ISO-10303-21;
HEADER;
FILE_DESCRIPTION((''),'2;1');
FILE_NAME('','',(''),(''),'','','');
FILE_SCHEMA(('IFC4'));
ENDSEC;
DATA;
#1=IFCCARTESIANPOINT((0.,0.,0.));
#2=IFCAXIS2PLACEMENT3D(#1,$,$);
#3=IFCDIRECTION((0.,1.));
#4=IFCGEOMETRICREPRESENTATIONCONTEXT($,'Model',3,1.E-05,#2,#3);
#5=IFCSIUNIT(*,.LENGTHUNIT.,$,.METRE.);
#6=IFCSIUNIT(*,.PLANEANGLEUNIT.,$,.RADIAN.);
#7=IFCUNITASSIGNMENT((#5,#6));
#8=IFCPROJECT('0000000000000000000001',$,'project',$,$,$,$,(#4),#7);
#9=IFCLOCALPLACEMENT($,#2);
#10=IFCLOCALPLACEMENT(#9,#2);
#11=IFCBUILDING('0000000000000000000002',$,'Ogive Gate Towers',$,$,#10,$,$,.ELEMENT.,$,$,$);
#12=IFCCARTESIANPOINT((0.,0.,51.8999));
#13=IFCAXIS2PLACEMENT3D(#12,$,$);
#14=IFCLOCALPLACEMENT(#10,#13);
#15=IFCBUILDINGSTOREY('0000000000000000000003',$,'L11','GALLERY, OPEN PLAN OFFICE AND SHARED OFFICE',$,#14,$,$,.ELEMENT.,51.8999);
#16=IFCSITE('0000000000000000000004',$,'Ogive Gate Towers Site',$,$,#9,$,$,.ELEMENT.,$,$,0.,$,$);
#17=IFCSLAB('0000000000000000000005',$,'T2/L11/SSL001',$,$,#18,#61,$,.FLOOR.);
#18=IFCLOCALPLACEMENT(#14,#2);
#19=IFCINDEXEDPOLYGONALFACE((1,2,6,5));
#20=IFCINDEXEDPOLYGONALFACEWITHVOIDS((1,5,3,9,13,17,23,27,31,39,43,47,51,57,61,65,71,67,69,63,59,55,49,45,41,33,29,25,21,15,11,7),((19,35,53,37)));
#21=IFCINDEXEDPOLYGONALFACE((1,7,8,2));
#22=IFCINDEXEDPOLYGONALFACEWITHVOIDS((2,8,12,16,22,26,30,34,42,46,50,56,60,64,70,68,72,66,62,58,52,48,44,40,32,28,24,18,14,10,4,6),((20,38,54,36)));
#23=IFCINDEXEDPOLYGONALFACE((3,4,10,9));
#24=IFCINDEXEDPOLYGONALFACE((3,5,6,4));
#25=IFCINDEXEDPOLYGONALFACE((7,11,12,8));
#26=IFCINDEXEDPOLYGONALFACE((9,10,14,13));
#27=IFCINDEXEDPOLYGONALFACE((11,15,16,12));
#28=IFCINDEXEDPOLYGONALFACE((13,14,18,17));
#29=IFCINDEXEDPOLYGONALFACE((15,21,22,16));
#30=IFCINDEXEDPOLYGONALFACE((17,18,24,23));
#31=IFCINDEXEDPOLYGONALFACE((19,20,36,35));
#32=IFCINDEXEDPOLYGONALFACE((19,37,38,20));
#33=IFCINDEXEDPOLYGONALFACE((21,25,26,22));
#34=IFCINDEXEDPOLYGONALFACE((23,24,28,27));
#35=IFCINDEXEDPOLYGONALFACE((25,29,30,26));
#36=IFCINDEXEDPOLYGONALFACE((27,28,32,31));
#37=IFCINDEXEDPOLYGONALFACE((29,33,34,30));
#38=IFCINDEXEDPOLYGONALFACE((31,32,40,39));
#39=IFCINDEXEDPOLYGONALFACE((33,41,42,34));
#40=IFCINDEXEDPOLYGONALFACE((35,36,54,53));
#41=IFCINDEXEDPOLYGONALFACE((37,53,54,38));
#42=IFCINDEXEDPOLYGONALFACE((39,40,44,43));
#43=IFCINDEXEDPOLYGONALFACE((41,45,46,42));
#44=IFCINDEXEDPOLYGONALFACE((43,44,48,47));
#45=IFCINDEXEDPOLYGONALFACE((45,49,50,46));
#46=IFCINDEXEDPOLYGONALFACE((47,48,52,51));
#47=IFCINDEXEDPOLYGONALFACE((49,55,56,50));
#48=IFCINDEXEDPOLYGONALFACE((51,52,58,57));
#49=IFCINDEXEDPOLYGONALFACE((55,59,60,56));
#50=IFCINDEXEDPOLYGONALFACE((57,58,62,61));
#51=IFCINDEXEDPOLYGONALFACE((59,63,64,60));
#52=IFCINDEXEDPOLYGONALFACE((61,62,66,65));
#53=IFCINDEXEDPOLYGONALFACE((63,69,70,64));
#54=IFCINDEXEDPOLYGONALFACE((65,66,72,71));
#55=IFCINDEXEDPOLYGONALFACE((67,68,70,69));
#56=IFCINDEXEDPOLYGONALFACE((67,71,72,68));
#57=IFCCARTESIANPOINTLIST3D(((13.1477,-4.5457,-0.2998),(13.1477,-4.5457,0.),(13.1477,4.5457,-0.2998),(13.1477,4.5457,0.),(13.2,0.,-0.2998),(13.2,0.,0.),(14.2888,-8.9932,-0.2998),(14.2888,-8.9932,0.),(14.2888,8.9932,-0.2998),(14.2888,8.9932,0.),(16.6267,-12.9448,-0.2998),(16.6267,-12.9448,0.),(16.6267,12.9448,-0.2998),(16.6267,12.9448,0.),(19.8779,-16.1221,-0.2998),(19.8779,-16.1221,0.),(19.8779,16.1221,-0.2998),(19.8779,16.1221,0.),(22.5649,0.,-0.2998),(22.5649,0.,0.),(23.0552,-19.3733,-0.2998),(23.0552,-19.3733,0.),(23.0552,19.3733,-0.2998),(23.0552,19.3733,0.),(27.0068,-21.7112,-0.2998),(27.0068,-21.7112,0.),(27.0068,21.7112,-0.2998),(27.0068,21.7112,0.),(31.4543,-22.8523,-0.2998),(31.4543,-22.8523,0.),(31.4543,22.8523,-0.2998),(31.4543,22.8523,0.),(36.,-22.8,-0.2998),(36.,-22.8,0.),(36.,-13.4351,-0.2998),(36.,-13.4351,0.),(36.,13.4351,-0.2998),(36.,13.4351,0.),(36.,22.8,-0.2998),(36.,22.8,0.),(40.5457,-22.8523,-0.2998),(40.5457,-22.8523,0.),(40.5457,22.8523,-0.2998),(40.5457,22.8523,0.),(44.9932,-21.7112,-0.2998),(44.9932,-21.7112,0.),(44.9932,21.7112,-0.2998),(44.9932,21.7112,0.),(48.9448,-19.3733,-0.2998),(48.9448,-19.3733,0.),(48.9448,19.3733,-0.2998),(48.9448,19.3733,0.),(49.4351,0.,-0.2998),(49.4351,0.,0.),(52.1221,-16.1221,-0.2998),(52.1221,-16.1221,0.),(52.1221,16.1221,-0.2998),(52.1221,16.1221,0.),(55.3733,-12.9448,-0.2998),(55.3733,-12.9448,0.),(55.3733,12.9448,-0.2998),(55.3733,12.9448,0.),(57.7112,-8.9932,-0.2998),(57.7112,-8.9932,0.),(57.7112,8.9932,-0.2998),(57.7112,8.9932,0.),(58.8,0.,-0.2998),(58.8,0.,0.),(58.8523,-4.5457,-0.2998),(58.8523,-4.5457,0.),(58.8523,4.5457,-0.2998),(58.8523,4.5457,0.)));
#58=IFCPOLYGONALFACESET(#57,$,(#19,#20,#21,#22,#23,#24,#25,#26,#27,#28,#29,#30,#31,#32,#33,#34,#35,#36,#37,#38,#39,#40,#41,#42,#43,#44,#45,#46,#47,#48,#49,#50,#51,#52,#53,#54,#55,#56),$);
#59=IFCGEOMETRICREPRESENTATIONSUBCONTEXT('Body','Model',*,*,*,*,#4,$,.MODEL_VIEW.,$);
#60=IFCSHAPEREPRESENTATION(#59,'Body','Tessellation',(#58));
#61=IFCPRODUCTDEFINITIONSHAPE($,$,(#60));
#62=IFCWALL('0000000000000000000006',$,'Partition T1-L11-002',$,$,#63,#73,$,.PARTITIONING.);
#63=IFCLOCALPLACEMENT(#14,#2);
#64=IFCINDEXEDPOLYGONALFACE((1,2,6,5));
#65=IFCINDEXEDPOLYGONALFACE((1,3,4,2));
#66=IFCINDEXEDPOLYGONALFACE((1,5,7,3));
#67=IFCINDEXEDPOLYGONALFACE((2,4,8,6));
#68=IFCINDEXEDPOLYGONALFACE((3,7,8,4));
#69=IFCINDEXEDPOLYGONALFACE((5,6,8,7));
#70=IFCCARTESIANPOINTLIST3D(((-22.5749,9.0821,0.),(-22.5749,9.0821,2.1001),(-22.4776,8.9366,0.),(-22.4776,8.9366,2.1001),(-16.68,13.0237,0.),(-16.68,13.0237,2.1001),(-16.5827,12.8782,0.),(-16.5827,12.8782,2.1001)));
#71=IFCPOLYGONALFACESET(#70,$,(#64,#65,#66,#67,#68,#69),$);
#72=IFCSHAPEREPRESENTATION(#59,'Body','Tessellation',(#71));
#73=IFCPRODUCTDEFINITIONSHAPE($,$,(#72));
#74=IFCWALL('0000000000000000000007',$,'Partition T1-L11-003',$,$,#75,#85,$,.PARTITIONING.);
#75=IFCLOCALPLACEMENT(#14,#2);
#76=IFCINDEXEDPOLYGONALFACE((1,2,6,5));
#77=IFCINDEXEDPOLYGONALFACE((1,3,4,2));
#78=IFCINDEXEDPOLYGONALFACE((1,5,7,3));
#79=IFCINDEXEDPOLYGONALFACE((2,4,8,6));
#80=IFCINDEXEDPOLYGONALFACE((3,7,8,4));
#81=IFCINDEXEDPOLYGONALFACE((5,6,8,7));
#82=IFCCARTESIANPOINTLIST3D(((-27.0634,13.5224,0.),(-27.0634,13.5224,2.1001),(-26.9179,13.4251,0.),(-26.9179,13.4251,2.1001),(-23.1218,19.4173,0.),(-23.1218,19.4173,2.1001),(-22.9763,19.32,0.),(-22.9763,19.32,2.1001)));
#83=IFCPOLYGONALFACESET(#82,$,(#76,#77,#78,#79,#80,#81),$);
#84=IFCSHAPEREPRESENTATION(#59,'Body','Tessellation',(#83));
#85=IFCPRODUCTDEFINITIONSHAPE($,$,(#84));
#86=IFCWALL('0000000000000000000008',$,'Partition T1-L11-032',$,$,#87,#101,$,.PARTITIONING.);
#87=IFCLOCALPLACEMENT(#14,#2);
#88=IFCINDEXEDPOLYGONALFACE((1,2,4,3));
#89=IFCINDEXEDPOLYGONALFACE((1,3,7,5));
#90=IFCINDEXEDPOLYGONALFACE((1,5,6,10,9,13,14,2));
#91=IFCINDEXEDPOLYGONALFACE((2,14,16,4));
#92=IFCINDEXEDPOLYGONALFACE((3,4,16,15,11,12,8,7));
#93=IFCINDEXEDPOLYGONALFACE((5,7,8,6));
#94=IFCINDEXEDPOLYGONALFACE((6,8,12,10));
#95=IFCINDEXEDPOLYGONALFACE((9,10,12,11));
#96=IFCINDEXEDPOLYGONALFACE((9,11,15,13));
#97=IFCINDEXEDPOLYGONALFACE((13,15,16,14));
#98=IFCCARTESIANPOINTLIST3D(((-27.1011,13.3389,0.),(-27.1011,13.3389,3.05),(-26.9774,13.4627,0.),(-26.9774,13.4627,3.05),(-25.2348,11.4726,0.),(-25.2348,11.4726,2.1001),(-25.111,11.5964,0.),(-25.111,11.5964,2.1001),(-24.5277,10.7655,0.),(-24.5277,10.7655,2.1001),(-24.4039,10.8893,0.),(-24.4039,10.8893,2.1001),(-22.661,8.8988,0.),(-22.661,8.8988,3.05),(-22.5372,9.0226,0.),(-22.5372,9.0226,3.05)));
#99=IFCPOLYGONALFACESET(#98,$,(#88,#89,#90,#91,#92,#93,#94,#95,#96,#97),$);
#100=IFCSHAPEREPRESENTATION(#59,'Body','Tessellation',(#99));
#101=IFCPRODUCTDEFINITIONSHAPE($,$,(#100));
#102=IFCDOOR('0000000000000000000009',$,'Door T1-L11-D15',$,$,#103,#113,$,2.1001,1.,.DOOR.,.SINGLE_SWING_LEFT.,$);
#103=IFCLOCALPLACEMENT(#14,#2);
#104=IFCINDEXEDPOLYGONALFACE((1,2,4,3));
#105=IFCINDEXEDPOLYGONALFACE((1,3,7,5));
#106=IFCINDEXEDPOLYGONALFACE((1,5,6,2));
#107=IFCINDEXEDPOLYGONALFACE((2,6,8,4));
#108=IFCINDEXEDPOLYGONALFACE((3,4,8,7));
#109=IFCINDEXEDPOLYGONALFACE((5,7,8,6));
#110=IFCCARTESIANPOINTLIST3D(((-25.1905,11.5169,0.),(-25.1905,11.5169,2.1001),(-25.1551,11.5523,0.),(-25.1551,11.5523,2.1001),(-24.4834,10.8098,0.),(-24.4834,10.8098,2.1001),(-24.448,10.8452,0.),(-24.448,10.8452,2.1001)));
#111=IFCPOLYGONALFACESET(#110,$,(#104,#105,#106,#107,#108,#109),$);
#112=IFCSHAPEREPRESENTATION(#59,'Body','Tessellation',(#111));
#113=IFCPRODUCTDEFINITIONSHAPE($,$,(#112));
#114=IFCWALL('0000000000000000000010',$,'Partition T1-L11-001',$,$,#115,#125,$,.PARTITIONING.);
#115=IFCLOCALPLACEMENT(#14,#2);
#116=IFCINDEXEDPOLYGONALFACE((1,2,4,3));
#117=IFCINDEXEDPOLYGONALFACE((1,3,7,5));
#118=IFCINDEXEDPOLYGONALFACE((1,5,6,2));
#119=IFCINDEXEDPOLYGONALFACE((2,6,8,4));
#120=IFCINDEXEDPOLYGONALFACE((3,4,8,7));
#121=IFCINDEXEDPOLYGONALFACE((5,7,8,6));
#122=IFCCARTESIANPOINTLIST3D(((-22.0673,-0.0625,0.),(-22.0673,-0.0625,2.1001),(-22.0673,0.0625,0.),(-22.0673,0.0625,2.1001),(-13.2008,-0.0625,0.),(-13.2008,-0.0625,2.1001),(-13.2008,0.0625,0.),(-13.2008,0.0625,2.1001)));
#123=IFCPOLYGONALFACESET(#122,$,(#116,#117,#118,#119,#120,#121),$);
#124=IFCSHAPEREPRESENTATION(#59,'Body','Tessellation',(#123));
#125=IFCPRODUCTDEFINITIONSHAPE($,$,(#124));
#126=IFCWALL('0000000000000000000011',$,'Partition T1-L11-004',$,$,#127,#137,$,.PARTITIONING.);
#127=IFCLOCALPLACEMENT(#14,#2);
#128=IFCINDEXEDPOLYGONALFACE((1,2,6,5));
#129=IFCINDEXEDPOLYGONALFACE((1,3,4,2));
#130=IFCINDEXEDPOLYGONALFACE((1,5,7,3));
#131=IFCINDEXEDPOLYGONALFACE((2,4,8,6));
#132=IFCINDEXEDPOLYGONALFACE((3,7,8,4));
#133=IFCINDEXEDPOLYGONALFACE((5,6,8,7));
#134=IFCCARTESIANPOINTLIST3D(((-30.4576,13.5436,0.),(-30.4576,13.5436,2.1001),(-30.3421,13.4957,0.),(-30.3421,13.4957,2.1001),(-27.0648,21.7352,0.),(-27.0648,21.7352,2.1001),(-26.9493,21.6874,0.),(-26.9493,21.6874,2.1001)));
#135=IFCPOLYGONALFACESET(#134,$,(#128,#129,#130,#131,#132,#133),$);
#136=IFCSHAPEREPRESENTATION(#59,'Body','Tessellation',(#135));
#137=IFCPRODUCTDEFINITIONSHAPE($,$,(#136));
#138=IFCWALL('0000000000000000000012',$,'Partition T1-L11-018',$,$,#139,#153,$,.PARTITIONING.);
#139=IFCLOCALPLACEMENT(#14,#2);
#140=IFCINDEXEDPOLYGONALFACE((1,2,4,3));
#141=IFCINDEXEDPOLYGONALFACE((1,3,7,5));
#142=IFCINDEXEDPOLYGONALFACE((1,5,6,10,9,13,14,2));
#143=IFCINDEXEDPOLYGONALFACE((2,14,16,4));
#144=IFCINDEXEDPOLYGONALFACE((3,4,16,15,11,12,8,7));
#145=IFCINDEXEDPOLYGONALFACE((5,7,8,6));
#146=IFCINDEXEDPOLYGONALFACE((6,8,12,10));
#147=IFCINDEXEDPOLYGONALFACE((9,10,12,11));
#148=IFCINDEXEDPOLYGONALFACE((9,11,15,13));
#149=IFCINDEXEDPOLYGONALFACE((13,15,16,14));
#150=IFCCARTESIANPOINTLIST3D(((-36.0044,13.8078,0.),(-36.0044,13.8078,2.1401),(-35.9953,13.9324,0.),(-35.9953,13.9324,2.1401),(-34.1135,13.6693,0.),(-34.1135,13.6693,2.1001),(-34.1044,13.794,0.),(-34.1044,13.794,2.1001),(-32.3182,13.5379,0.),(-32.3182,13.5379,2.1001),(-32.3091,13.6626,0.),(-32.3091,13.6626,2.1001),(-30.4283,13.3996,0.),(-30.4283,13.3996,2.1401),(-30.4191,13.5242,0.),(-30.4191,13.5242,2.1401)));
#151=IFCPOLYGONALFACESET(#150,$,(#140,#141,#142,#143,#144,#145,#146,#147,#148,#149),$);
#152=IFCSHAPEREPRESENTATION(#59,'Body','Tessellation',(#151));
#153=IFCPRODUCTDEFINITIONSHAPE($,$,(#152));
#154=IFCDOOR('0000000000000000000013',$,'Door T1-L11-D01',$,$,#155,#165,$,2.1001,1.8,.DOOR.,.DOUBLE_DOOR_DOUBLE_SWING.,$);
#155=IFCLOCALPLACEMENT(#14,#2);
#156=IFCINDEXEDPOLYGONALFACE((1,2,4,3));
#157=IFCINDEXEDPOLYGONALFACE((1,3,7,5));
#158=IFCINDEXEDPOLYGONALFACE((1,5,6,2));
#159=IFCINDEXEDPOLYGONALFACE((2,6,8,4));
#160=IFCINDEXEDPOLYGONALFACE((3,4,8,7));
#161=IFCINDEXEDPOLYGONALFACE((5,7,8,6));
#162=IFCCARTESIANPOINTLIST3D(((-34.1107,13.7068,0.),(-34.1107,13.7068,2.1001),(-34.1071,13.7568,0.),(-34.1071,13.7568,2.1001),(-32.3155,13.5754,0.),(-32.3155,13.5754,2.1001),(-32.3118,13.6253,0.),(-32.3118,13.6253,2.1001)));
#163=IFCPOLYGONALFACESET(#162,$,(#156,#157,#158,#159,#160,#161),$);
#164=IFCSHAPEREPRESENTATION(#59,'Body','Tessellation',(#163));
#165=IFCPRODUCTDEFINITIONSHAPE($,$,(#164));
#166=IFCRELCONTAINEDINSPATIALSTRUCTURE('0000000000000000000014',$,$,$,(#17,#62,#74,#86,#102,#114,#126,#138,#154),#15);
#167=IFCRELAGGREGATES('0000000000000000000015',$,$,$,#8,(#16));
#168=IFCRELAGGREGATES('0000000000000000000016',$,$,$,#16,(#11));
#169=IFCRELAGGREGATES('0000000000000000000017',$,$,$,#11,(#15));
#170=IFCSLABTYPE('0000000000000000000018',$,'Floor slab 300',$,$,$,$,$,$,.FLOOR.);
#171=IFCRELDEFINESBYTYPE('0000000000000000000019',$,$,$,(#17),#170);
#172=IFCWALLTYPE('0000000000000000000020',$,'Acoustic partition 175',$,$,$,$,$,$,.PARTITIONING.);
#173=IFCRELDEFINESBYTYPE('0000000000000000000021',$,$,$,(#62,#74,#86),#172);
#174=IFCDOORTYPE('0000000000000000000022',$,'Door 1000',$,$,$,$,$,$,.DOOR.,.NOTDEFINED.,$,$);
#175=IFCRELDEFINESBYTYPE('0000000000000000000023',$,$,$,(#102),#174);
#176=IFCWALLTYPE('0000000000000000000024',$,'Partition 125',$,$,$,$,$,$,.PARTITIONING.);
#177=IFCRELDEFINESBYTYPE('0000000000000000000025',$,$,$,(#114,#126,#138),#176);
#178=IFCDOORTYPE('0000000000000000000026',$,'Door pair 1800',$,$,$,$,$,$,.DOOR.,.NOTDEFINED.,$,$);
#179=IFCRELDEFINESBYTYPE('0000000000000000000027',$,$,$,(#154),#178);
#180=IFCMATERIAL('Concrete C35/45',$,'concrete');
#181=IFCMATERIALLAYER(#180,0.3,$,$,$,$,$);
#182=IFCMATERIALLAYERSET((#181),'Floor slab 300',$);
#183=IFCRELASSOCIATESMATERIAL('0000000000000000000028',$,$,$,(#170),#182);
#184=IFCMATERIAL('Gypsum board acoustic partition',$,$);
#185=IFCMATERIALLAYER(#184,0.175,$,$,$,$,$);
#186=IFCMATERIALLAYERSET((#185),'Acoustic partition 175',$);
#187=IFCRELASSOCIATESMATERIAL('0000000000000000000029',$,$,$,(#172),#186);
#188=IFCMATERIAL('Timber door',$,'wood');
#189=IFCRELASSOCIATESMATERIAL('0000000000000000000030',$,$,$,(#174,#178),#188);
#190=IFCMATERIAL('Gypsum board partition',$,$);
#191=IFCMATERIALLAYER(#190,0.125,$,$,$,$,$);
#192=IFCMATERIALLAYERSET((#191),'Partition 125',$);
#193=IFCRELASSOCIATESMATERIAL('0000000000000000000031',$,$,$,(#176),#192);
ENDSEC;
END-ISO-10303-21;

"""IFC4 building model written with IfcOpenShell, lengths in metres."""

from ifc_helpers import new_model, si_unit, direction, frame, frame_2d, origin, place, context, subcontext, project, spatial, polyline, rectangle, outline, extrude, material, layer, layer_set, type_object, element, fill, save


model = new_model("IFC4")

# Units and contexts
model_context = context("Model", 3, precision=1e-05, world=origin(), true_north=direction((0.0, 1.0)))
body_context = subcontext(model_context, "Body", "Model", "MODEL_VIEW")
ifc_project = project(units=[si_unit("LENGTHUNIT", "METRE"), si_unit("PLANEANGLEUNIT", "RADIAN")], contexts=[model_context])

# Site, building, storey
site_placement = place(None, origin())
site = spatial("IfcSite", under=ifc_project, at=site_placement, Name="Ogive Gate Towers Site", CompositionType="ELEMENT", RefElevation=0.0)
building_placement = place(site_placement, origin())
building = spatial("IfcBuilding", under=site, at=building_placement, Name="Ogive Gate Towers", CompositionType="ELEMENT")
storey_placement = place(building_placement, frame((0.0, 0.0, 51.8999)))
storey = spatial("IfcBuildingStorey", under=building, at=storey_placement, Name="L11", Description="GALLERY, OPEN PLAN OFFICE AND SHARED OFFICE", CompositionType="ELEMENT", Elevation=51.8999)

# Slab
ifc_material_1 = material(Name="Concrete C35/45", Category="concrete")
ifc_layer_1 = layer(ifc_material_1, 0.3)
ifc_layer_set_1 = layer_set([ifc_layer_1], Name="Floor slab 300")
slab_type = type_object("IfcSlabType", Name="Floor slab 300", PredefinedType="FLOOR", material=ifc_layer_set_1)
slab_1_placement = place(storey_placement, frame((0.0, 0.0, -0.2998)))
element("IfcSlab", 1, at=slab_1_placement, inside=storey, type_object=slab_type, Name="T2/L11/SSL001", PredefinedType="FLOOR", context=body_context, shape_type="SweptSolid", body=[
    extrude(outline(polyline([(58.8523, -4.5457), (58.8, 0.0), (58.8523, 4.5457), (57.7112, 8.9932), (55.3733, 12.9448), (52.1221, 16.1221), (48.9448, 19.3733), (44.9932, 21.7112), (40.5457, 22.8523), (36.0, 22.8), (31.4543, 22.8523), (27.0068, 21.7112), (23.0552, 19.3733), (19.8779, 16.1221), (16.6267, 12.9448), (14.2888, 8.9932), (13.1477, 4.5457), (13.2, 0.0), (13.1477, -4.5457), (14.2888, -8.9932), (16.6267, -12.9448), (19.8779, -16.1221), (23.0552, -19.3733), (27.0068, -21.7112), (31.4543, -22.8523), (36.0, -22.8), (40.5457, -22.8523), (44.9932, -21.7112), (48.9448, -19.3733), (52.1221, -16.1221), (55.3733, -12.9448), (57.7112, -8.9932), (58.8523, -4.5457)]), holes=[polyline([(49.4351, 0.0), (36.0, -13.4351), (22.5649, 0.0), (36.0, 13.4351), (49.4351, 0.0)])]), origin(), (0.0, 0.0, 1.0), 0.2998),
])

# Walls
ifc_material_2 = material(Name="Gypsum board acoustic partition")
ifc_layer_2 = layer(ifc_material_2, 0.175)
ifc_layer_set_2 = layer_set([ifc_layer_2], Name="Acoustic partition 175")
wall_type_1 = type_object("IfcWallType", Name="Acoustic partition 175", PredefinedType="PARTITIONING", material=ifc_layer_set_2)
for number, where, z_axis, x_axis, name in (
    (2, (-16.6313, 12.9509, 0.0), (0.0, 0.0, 1.0), (-0.831292, -0.555836, 0.0), "Partition T1-L11-002"),
    (3, (-23.0491, 19.3687, 0.0), (0.0, 0.0, 1.0), (-0.555836, -0.831292, 0.0), "Partition T1-L11-003"),
):
    element("IfcWall", number, at=place(storey_placement, frame(where, z_axis=z_axis, x_axis=x_axis)), inside=storey, type_object=wall_type_1, Name=name, PredefinedType="PARTITIONING", context=body_context, shape_type="SweptSolid", body=[
        extrude(rectangle(XDim=7.0913, YDim=0.175, at=frame_2d((3.5457, 0.0))), origin(), (0.0, 0.0, 1.0), 2.1001),
    ])

# Wall, opening, door
wall_1_placement = place(storey_placement, frame((-22.5991, 8.9607, 0.0), z_axis=(0.0, 0.0, 1.0), x_axis=(-0.707107, 0.707107, 0.0)))
wall_1 = element("IfcWall", 4, at=wall_1_placement, inside=storey, type_object=wall_type_1, Name="Partition T1-L11-032", PredefinedType="PARTITIONING", context=body_context, shape_type="SweptSolid", body=[
    extrude(rectangle(XDim=6.2793, YDim=0.175, at=frame_2d((3.1396, 0.0))), origin(), (0.0, 0.0, 1.0), 3.05),
])
opening_1_placement = place(wall_1_placement, frame((2.6399, 0.0, 0.0)))
opening_1 = element("IfcOpeningElement", 5, at=opening_1_placement, cuts=wall_1, PredefinedType="OPENING", context=body_context, shape_type="SweptSolid", body=[
    extrude(rectangle(XDim=1.0, YDim=2.1001, at=frame_2d((0.5, 1.05))), frame((0.0, 0.0977, 0.0), z_axis=(0.0, -1.0, 0.0), x_axis=(1.0, 0.0, 0.0)), (0.0, 0.0, 1.0), 0.1951),
])
ifc_material_3 = material(Name="Timber door", Category="wood")
door_type_1 = type_object("IfcDoorType", Name="Door 1000", OperationType="NOTDEFINED", PredefinedType="DOOR", material=ifc_material_3)
door_1_placement = place(opening_1_placement, origin())
door_1 = element("IfcDoor", 6, at=door_1_placement, inside=storey, type_object=door_type_1, Name="Door T1-L11-D15", OperationType="SINGLE_SWING_LEFT", OverallHeight=2.1001, OverallWidth=1.0, PredefinedType="DOOR", context=body_context, shape_type="SweptSolid", body=[
    extrude(rectangle(XDim=1.0, YDim=2.1001, at=frame_2d((0.5, 1.05))), frame((0.0, 0.0249, 0.0), z_axis=(0.0, -1.0, 0.0), x_axis=(1.0, 0.0, 0.0)), (0.0, 0.0, 1.0), 0.05),
])
fill(opening_1, door_1)

# Walls
ifc_material_4 = material(Name="Gypsum board partition")
ifc_layer_3 = layer(ifc_material_4, 0.125)
ifc_layer_set_3 = layer_set([ifc_layer_3], Name="Partition 125")
wall_type_2 = type_object("IfcWallType", Name="Partition 125", PredefinedType="PARTITIONING", material=ifc_layer_set_3)
for number, where, z_axis, x_axis, name in (
    (7, (-13.2009, 0.0, 0.0), (0.0, 0.0, 1.0), (-1.0, 0.0, 0.0), "Partition T1-L11-001"),
    (8, (-27.0071, 21.7112, 0.0), (0.0, 0.0, 1.0), (-0.382657, -0.92389, 0.0), "Partition T1-L11-004"),
):
    element("IfcWall", number, at=place(storey_placement, frame(where, z_axis=z_axis, x_axis=x_axis)), inside=storey, type_object=wall_type_2, Name=name, PredefinedType="PARTITIONING", context=body_context, shape_type="SweptSolid", body=[
        extrude(rectangle(XDim=8.8665, YDim=0.125, at=frame_2d((4.4331, 0.0))), origin(), (0.0, 0.0, 1.0), 2.1001),
    ])

# Wall, opening, door
wall_2_placement = place(storey_placement, frame((-30.4238, 13.4619, 0.0), z_axis=(0.0, 0.0, 1.0), x_axis=(-0.997331, 0.07301, 0.0)))
wall_2 = element("IfcWall", 9, at=wall_2_placement, inside=storey, type_object=wall_type_2, Name="Partition T1-L11-018", PredefinedType="PARTITIONING", context=body_context, shape_type="SweptSolid", body=[
    extrude(rectangle(XDim=5.5911, YDim=0.125, at=frame_2d((2.7954, 0.0))), origin(), (0.0, 0.0, 1.0), 2.1401),
])
opening_2_placement = place(wall_2_placement, frame((1.895, 0.0, 0.0)))
opening_2 = element("IfcOpeningElement", 10, at=opening_2_placement, cuts=wall_2, PredefinedType="OPENING", context=body_context, shape_type="SweptSolid", body=[
    extrude(rectangle(XDim=1.8, YDim=2.1001, at=frame_2d((0.8999, 1.05))), frame((0.0, 0.0725, 0.0), z_axis=(0.0, -1.0, 0.0), x_axis=(1.0, 0.0, 0.0)), (0.0, 0.0, 1.0), 0.145),
])
door_type_2 = type_object("IfcDoorType", Name="Door pair 1800", OperationType="NOTDEFINED", PredefinedType="DOOR", material=ifc_material_3)
door_2_placement = place(opening_2_placement, origin())
door_2 = element("IfcDoor", 11, at=door_2_placement, inside=storey, type_object=door_type_2, Name="Door T1-L11-D01", OperationType="DOUBLE_DOOR_DOUBLE_SWING", OverallHeight=2.1001, OverallWidth=1.8, PredefinedType="DOOR", context=body_context, shape_type="SweptSolid", body=[
    extrude(rectangle(XDim=1.8, YDim=2.1001, at=frame_2d((0.8999, 1.05))), frame((0.0, 0.0249, 0.0), z_axis=(0.0, -1.0, 0.0), x_axis=(1.0, 0.0, 0.0)), (0.0, 0.0, 1.0), 0.05),
])
fill(opening_2, door_2)

save(model, "model.ifc")
